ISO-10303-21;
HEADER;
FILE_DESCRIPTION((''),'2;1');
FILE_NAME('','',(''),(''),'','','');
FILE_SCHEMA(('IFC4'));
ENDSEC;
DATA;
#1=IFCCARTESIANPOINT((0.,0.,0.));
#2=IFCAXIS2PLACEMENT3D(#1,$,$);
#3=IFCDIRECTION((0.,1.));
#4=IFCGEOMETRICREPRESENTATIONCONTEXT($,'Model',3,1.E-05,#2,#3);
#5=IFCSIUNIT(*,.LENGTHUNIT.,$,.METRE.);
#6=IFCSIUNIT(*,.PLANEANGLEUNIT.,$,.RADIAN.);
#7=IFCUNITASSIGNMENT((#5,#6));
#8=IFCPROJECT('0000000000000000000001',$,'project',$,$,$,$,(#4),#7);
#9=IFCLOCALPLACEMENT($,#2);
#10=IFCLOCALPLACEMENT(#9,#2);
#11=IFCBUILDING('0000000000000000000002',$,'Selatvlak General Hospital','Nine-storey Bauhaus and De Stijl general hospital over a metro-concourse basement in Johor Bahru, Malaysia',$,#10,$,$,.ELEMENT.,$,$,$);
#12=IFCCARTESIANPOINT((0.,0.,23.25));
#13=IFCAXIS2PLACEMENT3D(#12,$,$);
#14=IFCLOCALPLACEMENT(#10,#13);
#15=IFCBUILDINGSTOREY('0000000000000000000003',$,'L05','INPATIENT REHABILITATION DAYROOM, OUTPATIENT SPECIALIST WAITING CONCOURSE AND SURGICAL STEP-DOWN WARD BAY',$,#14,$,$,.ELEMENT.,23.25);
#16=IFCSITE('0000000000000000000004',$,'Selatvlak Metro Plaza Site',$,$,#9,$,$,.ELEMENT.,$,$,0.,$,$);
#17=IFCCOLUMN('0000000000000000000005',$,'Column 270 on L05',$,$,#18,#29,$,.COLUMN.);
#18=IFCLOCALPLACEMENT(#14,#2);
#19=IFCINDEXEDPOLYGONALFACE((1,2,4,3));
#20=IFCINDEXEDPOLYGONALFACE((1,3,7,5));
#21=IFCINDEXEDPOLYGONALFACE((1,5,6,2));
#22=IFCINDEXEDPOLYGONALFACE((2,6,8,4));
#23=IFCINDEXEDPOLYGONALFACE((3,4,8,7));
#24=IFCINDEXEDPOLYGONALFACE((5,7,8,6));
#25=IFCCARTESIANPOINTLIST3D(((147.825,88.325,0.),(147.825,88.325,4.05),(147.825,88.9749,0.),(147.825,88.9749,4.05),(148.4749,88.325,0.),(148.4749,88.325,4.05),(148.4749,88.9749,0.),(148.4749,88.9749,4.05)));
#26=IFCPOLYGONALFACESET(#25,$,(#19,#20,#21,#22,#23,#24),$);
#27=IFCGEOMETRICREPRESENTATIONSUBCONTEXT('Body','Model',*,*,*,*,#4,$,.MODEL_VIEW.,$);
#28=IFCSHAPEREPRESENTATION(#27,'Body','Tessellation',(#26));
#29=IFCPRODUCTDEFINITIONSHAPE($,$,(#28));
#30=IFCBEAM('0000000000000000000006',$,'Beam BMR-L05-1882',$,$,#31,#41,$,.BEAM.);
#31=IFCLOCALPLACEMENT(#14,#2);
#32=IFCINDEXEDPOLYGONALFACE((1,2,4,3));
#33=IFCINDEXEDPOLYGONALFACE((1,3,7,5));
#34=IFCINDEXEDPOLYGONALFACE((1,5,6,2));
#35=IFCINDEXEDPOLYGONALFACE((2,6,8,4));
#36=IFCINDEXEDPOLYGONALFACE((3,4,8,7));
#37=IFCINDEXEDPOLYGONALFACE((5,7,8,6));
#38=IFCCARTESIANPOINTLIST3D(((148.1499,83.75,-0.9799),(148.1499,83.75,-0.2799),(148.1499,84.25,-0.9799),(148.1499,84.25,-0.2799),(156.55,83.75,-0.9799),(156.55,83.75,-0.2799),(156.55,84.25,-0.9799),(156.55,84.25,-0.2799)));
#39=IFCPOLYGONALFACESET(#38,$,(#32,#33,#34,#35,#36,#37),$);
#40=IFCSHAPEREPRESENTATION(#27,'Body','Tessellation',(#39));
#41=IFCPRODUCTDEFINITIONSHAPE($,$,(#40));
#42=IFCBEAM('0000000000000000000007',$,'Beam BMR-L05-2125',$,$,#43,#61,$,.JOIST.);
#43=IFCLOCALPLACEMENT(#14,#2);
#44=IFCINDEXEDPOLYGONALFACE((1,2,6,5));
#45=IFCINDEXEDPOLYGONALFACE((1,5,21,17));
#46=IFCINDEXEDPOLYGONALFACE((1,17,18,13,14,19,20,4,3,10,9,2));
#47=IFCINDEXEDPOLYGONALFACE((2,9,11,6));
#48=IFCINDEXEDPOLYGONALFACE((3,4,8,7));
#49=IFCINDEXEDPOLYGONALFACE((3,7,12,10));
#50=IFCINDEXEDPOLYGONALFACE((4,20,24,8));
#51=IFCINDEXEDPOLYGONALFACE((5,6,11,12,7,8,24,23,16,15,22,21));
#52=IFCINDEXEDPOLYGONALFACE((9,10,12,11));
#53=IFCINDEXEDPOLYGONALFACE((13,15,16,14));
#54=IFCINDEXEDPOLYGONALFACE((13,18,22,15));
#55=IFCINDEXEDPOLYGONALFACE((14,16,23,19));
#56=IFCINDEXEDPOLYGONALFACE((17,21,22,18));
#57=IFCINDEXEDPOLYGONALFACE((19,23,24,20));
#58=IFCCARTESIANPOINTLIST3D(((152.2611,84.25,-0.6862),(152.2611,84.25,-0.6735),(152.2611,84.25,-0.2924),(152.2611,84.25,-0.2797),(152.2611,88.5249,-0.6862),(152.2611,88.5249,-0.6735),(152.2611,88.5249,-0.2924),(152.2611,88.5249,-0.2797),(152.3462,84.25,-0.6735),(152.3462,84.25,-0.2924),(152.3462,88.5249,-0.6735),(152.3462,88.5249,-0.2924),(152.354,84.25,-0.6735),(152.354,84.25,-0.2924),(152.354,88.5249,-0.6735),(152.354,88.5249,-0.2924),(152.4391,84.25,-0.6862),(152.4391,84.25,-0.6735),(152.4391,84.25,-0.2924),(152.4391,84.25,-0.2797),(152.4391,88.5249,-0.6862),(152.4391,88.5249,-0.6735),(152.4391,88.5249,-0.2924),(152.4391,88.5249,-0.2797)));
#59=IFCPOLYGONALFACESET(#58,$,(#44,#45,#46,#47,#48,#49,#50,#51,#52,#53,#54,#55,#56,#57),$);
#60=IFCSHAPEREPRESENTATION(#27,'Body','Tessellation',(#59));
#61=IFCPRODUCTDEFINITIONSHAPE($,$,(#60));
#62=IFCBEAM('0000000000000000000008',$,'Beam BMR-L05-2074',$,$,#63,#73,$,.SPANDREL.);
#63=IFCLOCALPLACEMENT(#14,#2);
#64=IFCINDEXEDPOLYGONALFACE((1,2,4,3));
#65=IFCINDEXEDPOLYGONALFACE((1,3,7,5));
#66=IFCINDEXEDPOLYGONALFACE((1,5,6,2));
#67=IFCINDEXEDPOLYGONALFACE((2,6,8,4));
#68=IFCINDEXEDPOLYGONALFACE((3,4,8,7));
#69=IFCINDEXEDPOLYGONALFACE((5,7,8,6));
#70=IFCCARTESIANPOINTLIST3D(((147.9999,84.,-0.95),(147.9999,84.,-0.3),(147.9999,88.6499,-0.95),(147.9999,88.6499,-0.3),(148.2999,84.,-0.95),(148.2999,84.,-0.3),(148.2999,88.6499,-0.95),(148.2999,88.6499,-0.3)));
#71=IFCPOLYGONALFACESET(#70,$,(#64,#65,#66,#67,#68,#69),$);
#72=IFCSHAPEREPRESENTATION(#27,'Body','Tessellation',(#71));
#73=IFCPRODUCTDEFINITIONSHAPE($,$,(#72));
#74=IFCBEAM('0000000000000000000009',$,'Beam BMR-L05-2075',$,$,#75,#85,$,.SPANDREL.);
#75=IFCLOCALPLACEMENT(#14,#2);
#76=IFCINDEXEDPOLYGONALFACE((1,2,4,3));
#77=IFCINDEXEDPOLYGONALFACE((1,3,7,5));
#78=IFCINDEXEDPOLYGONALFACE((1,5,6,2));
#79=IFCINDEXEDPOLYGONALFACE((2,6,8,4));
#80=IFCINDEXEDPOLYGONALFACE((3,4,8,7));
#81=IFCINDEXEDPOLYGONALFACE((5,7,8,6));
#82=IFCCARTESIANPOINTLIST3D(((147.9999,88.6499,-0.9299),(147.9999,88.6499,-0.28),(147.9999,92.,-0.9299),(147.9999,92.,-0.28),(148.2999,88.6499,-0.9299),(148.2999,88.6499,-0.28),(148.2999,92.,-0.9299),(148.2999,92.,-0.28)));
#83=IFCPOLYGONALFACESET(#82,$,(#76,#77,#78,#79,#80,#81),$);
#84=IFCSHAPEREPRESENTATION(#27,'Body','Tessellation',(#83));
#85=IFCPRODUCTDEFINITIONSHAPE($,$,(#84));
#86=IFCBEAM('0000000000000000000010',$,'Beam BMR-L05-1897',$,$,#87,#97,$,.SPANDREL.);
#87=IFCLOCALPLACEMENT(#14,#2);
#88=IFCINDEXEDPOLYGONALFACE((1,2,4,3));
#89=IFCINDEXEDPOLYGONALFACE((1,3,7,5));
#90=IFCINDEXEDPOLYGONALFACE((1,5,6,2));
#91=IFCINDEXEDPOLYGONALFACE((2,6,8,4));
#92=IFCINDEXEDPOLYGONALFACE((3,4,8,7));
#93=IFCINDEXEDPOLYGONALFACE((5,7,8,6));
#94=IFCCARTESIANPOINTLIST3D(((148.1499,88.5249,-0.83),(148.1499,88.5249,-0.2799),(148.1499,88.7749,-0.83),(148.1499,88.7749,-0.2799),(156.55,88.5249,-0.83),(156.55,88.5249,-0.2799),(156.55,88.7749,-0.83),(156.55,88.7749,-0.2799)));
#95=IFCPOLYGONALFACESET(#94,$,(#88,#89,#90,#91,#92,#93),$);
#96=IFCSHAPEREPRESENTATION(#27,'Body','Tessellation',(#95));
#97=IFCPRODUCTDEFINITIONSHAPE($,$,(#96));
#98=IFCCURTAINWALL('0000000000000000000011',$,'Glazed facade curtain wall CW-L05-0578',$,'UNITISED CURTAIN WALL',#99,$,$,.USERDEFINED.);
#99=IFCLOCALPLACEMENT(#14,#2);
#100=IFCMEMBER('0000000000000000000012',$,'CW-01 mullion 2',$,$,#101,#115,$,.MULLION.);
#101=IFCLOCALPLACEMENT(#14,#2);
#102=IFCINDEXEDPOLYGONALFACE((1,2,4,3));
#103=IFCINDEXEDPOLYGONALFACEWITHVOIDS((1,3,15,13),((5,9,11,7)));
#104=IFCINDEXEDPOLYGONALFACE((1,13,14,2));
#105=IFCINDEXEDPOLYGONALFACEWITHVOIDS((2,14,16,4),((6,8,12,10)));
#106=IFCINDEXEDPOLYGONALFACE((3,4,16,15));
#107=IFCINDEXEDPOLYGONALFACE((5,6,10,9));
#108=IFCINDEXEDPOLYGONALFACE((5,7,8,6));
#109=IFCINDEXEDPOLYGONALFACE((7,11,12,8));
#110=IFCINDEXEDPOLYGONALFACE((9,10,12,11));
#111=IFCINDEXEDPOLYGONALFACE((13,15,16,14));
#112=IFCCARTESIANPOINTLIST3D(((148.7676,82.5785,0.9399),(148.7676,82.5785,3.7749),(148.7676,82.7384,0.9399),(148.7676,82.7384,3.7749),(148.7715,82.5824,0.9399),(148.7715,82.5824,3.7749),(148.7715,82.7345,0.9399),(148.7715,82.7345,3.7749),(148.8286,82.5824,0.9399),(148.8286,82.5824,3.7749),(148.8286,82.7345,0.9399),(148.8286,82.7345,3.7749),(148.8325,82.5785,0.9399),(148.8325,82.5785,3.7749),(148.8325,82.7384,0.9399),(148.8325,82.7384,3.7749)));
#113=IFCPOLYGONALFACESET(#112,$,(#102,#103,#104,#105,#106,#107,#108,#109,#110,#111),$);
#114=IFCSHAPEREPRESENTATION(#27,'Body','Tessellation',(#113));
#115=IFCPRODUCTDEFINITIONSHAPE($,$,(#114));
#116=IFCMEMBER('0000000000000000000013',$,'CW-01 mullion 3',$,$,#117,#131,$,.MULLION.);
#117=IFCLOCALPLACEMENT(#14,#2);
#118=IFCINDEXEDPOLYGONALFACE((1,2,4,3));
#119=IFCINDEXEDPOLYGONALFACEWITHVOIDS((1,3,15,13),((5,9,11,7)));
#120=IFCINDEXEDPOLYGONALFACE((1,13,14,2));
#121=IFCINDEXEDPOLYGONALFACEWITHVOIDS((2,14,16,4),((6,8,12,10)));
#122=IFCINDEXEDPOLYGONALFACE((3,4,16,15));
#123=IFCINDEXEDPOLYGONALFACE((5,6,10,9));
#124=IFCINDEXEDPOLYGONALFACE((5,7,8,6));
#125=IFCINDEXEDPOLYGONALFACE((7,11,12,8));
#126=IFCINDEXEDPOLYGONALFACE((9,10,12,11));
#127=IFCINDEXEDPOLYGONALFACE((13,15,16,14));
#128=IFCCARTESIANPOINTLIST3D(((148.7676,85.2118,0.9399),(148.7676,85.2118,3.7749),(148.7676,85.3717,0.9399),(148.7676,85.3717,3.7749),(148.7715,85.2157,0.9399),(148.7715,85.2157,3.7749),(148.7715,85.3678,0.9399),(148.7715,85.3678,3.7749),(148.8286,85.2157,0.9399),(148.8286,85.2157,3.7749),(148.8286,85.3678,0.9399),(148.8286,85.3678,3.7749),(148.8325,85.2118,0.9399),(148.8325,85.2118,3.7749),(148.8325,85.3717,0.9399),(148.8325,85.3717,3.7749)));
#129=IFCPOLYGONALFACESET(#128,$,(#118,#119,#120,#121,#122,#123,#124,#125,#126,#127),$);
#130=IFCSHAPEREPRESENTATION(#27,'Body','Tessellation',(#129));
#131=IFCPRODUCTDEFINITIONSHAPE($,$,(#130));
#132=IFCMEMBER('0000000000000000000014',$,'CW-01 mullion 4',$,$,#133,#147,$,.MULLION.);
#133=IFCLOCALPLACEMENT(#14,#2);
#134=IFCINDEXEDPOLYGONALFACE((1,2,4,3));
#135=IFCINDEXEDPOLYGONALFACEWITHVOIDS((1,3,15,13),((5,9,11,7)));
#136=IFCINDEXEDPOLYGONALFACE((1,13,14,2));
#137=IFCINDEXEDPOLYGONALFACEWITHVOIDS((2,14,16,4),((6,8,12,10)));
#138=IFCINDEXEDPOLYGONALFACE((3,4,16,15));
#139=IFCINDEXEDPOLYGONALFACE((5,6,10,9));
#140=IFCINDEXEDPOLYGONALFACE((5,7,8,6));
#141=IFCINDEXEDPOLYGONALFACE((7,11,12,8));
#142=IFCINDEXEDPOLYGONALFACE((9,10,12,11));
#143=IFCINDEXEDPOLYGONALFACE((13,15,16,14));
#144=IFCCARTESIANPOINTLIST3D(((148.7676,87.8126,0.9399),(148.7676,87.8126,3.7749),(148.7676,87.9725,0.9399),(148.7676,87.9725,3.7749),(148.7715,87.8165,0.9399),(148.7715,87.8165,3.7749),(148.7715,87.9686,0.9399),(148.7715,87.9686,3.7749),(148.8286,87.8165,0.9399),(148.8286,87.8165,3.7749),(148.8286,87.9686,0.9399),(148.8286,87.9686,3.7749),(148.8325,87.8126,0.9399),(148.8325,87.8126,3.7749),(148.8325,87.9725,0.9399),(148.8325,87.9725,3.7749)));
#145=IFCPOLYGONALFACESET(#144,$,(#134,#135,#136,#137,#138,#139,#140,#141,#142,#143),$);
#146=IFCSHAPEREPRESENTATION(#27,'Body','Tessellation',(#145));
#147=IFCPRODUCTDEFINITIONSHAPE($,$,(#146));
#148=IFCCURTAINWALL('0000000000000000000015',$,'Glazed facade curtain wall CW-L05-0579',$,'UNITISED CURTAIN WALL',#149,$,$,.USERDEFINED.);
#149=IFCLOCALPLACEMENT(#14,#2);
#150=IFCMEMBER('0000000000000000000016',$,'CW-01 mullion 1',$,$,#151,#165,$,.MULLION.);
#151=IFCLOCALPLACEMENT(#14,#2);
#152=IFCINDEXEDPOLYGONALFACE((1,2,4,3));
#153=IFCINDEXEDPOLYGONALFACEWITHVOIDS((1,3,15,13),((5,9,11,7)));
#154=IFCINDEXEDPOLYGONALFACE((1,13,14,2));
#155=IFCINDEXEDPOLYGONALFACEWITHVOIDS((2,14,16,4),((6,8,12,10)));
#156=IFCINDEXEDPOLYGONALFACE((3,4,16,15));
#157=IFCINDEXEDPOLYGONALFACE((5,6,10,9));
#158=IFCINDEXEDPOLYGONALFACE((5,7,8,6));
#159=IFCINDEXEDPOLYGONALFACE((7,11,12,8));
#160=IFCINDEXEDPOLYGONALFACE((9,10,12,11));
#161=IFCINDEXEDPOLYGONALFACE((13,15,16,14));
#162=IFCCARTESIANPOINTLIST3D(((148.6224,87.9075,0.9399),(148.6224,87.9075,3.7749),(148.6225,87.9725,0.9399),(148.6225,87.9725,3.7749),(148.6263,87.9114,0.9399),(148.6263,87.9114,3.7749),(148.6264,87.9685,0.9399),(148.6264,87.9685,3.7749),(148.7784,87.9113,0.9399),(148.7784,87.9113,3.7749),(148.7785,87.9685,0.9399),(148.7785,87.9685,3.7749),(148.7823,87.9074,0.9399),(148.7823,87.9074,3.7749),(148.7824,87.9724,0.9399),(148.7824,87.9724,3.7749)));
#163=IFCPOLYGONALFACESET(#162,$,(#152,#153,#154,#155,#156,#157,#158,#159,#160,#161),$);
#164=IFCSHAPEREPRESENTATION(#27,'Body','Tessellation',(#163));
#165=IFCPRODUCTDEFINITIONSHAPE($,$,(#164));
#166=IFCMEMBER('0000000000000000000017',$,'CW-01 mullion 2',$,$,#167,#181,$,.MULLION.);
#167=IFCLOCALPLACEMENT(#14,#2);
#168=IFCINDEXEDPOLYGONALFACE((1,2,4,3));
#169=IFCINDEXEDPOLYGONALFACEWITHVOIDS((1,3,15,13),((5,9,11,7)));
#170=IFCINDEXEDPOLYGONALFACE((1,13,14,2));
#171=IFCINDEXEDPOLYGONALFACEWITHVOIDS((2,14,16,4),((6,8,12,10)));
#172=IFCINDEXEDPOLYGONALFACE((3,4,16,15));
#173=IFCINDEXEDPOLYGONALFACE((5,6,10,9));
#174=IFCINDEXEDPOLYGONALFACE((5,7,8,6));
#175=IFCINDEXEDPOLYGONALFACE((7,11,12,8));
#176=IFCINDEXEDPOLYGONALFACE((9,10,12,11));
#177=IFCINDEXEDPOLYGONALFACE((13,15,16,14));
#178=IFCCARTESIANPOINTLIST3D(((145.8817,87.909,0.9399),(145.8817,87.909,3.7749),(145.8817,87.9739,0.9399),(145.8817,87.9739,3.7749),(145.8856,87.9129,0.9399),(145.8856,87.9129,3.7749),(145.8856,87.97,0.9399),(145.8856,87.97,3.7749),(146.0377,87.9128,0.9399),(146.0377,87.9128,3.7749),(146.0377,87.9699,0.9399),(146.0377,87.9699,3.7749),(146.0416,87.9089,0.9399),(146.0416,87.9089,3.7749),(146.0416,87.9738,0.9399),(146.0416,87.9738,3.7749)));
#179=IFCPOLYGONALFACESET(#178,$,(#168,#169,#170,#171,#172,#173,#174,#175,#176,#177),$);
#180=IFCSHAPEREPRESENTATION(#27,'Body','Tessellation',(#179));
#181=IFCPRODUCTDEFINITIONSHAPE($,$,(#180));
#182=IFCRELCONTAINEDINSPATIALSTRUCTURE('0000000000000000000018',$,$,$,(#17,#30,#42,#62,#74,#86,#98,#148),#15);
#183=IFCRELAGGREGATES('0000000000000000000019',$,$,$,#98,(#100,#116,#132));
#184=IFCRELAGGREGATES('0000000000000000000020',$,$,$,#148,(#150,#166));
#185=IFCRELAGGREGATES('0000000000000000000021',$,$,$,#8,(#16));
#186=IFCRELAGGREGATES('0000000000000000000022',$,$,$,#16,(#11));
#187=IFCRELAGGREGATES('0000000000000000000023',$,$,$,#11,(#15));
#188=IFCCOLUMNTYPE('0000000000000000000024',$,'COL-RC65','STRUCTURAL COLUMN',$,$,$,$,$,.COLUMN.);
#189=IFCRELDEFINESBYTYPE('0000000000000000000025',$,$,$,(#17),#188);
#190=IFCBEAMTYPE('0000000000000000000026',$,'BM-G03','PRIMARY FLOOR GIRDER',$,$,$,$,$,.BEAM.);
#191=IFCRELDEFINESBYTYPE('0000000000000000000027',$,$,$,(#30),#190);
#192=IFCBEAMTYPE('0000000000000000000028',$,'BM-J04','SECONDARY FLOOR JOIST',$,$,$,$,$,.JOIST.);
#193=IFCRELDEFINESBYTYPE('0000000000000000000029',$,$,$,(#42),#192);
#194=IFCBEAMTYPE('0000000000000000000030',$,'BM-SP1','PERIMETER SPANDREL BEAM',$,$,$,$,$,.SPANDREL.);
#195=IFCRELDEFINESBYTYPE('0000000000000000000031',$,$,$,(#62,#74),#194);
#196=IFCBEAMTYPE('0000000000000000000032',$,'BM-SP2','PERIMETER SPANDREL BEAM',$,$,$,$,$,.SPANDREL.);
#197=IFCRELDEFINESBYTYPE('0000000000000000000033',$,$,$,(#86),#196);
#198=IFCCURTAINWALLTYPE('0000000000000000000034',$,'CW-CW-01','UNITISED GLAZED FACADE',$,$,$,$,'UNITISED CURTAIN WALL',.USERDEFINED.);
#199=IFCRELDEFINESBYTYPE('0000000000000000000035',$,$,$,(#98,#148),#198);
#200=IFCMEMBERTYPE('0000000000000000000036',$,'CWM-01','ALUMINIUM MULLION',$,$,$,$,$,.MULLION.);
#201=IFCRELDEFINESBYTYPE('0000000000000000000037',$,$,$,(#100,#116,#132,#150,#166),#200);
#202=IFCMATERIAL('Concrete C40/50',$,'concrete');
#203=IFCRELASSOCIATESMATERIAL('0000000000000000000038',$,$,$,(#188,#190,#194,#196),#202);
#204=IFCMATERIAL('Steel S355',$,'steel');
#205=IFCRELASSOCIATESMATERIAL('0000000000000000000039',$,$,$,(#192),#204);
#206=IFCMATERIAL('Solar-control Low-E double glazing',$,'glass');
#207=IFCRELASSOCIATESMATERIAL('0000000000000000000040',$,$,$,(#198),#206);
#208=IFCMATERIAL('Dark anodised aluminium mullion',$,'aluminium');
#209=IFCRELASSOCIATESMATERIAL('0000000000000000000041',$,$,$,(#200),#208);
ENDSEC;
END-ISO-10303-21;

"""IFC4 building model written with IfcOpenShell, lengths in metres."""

from ifc_helpers import new_model, si_unit, direction, frame, origin, origin_2d, place, context, subcontext, project, spatial, rectangle, hollow_rectangle, i_section, extrude, material, material_profile, profile_set, type_object, element, aggregate, save


model = new_model("IFC4")

# Units and contexts
model_context = context("Model", 3, precision=1e-05, world=origin(), true_north=direction((0.0, 1.0)))
body_context = subcontext(model_context, "Body", "Model", "MODEL_VIEW")
ifc_project = project(units=[si_unit("LENGTHUNIT", "METRE"), si_unit("PLANEANGLEUNIT", "RADIAN")], contexts=[model_context])

# Site, building, storey
site_placement = place(None, origin())
site = spatial("IfcSite", under=ifc_project, at=site_placement, Name="Selatvlak Metro Plaza Site", CompositionType="ELEMENT", RefElevation=0.0)
building_placement = place(site_placement, origin())
building = spatial("IfcBuilding", under=site, at=building_placement, Name="Selatvlak General Hospital", Description="Nine-storey Bauhaus and De Stijl general hospital over a metro-concourse basement in Johor Bahru, Malaysia", CompositionType="ELEMENT")
storey_placement = place(building_placement, frame((0.0, 0.0, 23.25)))
storey = spatial("IfcBuildingStorey", under=building, at=storey_placement, Name="L05", Description="INPATIENT REHABILITATION DAYROOM, OUTPATIENT SPECIALIST WAITING CONCOURSE AND SURGICAL STEP-DOWN WARD BAY", CompositionType="ELEMENT", Elevation=23.25)

# Column
ifc_material_1 = material(Name="Concrete C40/50", Category="concrete")
ifc_material_profile_1 = material_profile(ifc_material_1, rectangle(XDim=0.6499, YDim=0.6499, at=origin_2d()), Name="RC-COL 650x650")
ifc_profile_set_1 = profile_set([ifc_material_profile_1], Name="Concrete C40/50")
column_type = type_object("IfcColumnType", Name="COL-RC65", Description="STRUCTURAL COLUMN", PredefinedType="COLUMN", material=ifc_profile_set_1)
column_placement = place(storey_placement, frame((148.1499, 88.6499, 0.0), z_axis=(0.0, 0.0, 1.0), x_axis=(1.0, 0.0, 0.0)))
element("IfcColumn", 1, at=column_placement, inside=storey, type_object=column_type, Name="Column 270 on L05", PredefinedType="COLUMN", context=body_context, shape_type="SweptSolid", body=[
    extrude(rectangle(XDim=0.6499, YDim=0.6499, at=origin_2d()), origin(), (0.0, 0.0, 1.0), 4.05),
])

# Beams
ifc_material_profile_2 = material_profile(ifc_material_1, rectangle(XDim=0.5, YDim=0.7, at=origin_2d()), Name="RC-BM 500x700")
ifc_profile_set_2 = profile_set([ifc_material_profile_2], Name="Concrete C40/50")
beam_type_1 = type_object("IfcBeamType", Name="BM-G03", Description="PRIMARY FLOOR GIRDER", PredefinedType="BEAM", material=ifc_profile_set_2)
beam_1_placement = place(storey_placement, frame((148.1499, 84.0, -0.6299), z_axis=(1.0, 0.0, 0.0), x_axis=(0.0, 1.0, 0.0)))
element("IfcBeam", 2, at=beam_1_placement, inside=storey, type_object=beam_type_1, Name="Beam BMR-L05-1882", PredefinedType="BEAM", context=body_context, shape_type="SweptSolid", body=[
    extrude(rectangle(XDim=0.5, YDim=0.7, at=origin_2d()), origin(), (0.0, 0.0, 1.0), 8.4001),
])
ifc_material_2 = material(Name="Steel S355", Category="steel")
ifc_material_profile_3 = material_profile(ifc_material_2, i_section(OverallWidth=0.178, OverallDepth=0.4065, WebThickness=0.0078, FlangeThickness=0.0127, at=origin_2d()), Name="UB 406x178x60")
ifc_profile_set_3 = profile_set([ifc_material_profile_3], Name="Steel S355")
beam_type_2 = type_object("IfcBeamType", Name="BM-J04", Description="SECONDARY FLOOR JOIST", PredefinedType="JOIST", material=ifc_profile_set_3)
beam_2_placement = place(storey_placement, frame((152.3501, 84.25, -0.4829), z_axis=(0.0, 1.0, 0.0), x_axis=(-1.0, 0.0, 0.0)))
element("IfcBeam", 3, at=beam_2_placement, inside=storey, type_object=beam_type_2, Name="Beam BMR-L05-2125", PredefinedType="JOIST", context=body_context, shape_type="SweptSolid", body=[
    extrude(i_section(OverallWidth=0.178, OverallDepth=0.4065, WebThickness=0.0078, FlangeThickness=0.0127, at=origin_2d()), origin(), (0.0, 0.0, 1.0), 4.2749),
])
ifc_material_profile_4 = material_profile(ifc_material_1, rectangle(XDim=0.3, YDim=0.6499, at=origin_2d()), Name="RC-SP 300x650")
ifc_profile_set_4 = profile_set([ifc_material_profile_4], Name="Concrete C40/50")
beam_type_3 = type_object("IfcBeamType", Name="BM-SP1", Description="PERIMETER SPANDREL BEAM", PredefinedType="SPANDREL", material=ifc_profile_set_4)
beam_3_placement = place(storey_placement, frame((148.1499, 84.0, -0.625), z_axis=(0.0, 1.0, 0.0), x_axis=(-1.0, 0.0, 0.0)))
element("IfcBeam", 4, at=beam_3_placement, inside=storey, type_object=beam_type_3, Name="Beam BMR-L05-2074", PredefinedType="SPANDREL", context=body_context, shape_type="SweptSolid", body=[
    extrude(rectangle(XDim=0.3, YDim=0.6499, at=origin_2d()), origin(), (0.0, 0.0, 1.0), 4.6499),
])
beam_4_placement = place(storey_placement, frame((148.1499, 88.6499, -0.605), z_axis=(0.0, 1.0, 0.0), x_axis=(-1.0, 0.0, 0.0)))
element("IfcBeam", 5, at=beam_4_placement, inside=storey, type_object=beam_type_3, Name="Beam BMR-L05-2075", PredefinedType="SPANDREL", context=body_context, shape_type="SweptSolid", body=[
    extrude(rectangle(XDim=0.3, YDim=0.6499, at=origin_2d()), origin(), (0.0, 0.0, 1.0), 3.3501),
])
ifc_material_profile_5 = material_profile(ifc_material_1, rectangle(XDim=0.25, YDim=0.55, at=origin_2d()), Name="RC-SP 250x550")
ifc_profile_set_5 = profile_set([ifc_material_profile_5], Name="Concrete C40/50")
beam_type_4 = type_object("IfcBeamType", Name="BM-SP2", Description="PERIMETER SPANDREL BEAM", PredefinedType="SPANDREL", material=ifc_profile_set_5)
beam_5_placement = place(storey_placement, frame((148.1499, 88.6499, -0.5549), z_axis=(1.0, 0.0, 0.0), x_axis=(0.0, 1.0, 0.0)))
element("IfcBeam", 6, at=beam_5_placement, inside=storey, type_object=beam_type_4, Name="Beam BMR-L05-1897", PredefinedType="SPANDREL", context=body_context, shape_type="SweptSolid", body=[
    extrude(rectangle(XDim=0.25, YDim=0.55, at=origin_2d()), origin(), (0.0, 0.0, 1.0), 8.4001),
])

# Curtain walls, members
ifc_material_3 = material(Name="Solar-control Low-E double glazing", Category="glass")
curtain_wall_type = type_object("IfcCurtainWallType", Name="CW-CW-01", Description="UNITISED GLAZED FACADE", ElementType="UNITISED CURTAIN WALL", PredefinedType="USERDEFINED", material=ifc_material_3)
curtain_wall_1_placement = place(storey_placement, origin())
curtain_wall_1 = element("IfcCurtainWall", 7, at=curtain_wall_1_placement, inside=storey, type_object=curtain_wall_type, Name="Glazed facade curtain wall CW-L05-0578", ObjectType="UNITISED CURTAIN WALL", PredefinedType="USERDEFINED")
ifc_material_4 = material(Name="Dark anodised aluminium mullion", Category="aluminium")
ifc_material_profile_6 = material_profile(ifc_material_4, hollow_rectangle(XDim=0.0649, YDim=0.1599, WallThickness=0.0039, at=origin_2d()), Name="AL-MUL 65x160x4")
ifc_profile_set_6 = profile_set([ifc_material_profile_6], Name="Dark anodised aluminium mullion")
member_type_1 = type_object("IfcMemberType", Name="CWM-01", Description="ALUMINIUM MULLION", PredefinedType="MULLION", material=ifc_profile_set_6)
member_1_placement = place(storey_placement, frame((148.8, 82.6584, 0.9399), z_axis=(0.0, 0.0, 1.0), x_axis=(-1.0, 0.0, 0.0)))
member_1 = element("IfcMember", 8, at=member_1_placement, type_object=member_type_1, Name="CW-01 mullion 2", PredefinedType="MULLION", context=body_context, shape_type="SweptSolid", body=[
    extrude(hollow_rectangle(XDim=0.0649, YDim=0.1599, WallThickness=0.0039, at=origin_2d()), origin(), (0.0, 0.0, 1.0), 2.835),
])
member_2_placement = place(storey_placement, frame((148.8, 85.2917, 0.9399), z_axis=(0.0, 0.0, 1.0), x_axis=(-1.0, 0.0, 0.0)))
member_2 = element("IfcMember", 9, at=member_2_placement, type_object=member_type_1, Name="CW-01 mullion 3", PredefinedType="MULLION", context=body_context, shape_type="SweptSolid", body=[
    extrude(hollow_rectangle(XDim=0.0649, YDim=0.1599, WallThickness=0.0039, at=origin_2d()), origin(), (0.0, 0.0, 1.0), 2.835),
])
member_3_placement = place(storey_placement, frame((148.8, 87.8926, 0.9399), z_axis=(0.0, 0.0, 1.0), x_axis=(-1.0, 0.0, 0.0)))
member_3 = element("IfcMember", 10, at=member_3_placement, type_object=member_type_1, Name="CW-01 mullion 4", PredefinedType="MULLION", context=body_context, shape_type="SweptSolid", body=[
    extrude(hollow_rectangle(XDim=0.0649, YDim=0.1599, WallThickness=0.0039, at=origin_2d()), origin(), (0.0, 0.0, 1.0), 2.835),
])
curtain_wall_2_placement = place(storey_placement, origin())
curtain_wall_2 = element("IfcCurtainWall", 11, at=curtain_wall_2_placement, inside=storey, type_object=curtain_wall_type, Name="Glazed facade curtain wall CW-L05-0579", ObjectType="UNITISED CURTAIN WALL", PredefinedType="USERDEFINED")
member_4_placement = place(storey_placement, frame((148.7024, 87.9399, 0.9399), z_axis=(0.0, 0.0, 1.0), x_axis=(-0.000481, -1.0, 0.0)))
member_4 = element("IfcMember", 12, at=member_4_placement, type_object=member_type_1, Name="CW-01 mullion 1", PredefinedType="MULLION", context=body_context, shape_type="SweptSolid", body=[
    extrude(hollow_rectangle(XDim=0.0649, YDim=0.1599, WallThickness=0.0039, at=origin_2d()), origin(), (0.0, 0.0, 1.0), 2.835),
])
member_5_placement = place(storey_placement, frame((145.9617, 87.9414, 0.9399), z_axis=(0.0, 0.0, 1.0), x_axis=(-0.000481, -1.0, 0.0)))
member_5 = element("IfcMember", 13, at=member_5_placement, type_object=member_type_1, Name="CW-01 mullion 2", PredefinedType="MULLION", context=body_context, shape_type="SweptSolid", body=[
    extrude(hollow_rectangle(XDim=0.0649, YDim=0.1599, WallThickness=0.0039, at=origin_2d()), origin(), (0.0, 0.0, 1.0), 2.835),
])

aggregate(curtain_wall_1, [member_1, member_2, member_3])
aggregate(curtain_wall_2, [member_4, member_5])

save(model, "model.ifc")
